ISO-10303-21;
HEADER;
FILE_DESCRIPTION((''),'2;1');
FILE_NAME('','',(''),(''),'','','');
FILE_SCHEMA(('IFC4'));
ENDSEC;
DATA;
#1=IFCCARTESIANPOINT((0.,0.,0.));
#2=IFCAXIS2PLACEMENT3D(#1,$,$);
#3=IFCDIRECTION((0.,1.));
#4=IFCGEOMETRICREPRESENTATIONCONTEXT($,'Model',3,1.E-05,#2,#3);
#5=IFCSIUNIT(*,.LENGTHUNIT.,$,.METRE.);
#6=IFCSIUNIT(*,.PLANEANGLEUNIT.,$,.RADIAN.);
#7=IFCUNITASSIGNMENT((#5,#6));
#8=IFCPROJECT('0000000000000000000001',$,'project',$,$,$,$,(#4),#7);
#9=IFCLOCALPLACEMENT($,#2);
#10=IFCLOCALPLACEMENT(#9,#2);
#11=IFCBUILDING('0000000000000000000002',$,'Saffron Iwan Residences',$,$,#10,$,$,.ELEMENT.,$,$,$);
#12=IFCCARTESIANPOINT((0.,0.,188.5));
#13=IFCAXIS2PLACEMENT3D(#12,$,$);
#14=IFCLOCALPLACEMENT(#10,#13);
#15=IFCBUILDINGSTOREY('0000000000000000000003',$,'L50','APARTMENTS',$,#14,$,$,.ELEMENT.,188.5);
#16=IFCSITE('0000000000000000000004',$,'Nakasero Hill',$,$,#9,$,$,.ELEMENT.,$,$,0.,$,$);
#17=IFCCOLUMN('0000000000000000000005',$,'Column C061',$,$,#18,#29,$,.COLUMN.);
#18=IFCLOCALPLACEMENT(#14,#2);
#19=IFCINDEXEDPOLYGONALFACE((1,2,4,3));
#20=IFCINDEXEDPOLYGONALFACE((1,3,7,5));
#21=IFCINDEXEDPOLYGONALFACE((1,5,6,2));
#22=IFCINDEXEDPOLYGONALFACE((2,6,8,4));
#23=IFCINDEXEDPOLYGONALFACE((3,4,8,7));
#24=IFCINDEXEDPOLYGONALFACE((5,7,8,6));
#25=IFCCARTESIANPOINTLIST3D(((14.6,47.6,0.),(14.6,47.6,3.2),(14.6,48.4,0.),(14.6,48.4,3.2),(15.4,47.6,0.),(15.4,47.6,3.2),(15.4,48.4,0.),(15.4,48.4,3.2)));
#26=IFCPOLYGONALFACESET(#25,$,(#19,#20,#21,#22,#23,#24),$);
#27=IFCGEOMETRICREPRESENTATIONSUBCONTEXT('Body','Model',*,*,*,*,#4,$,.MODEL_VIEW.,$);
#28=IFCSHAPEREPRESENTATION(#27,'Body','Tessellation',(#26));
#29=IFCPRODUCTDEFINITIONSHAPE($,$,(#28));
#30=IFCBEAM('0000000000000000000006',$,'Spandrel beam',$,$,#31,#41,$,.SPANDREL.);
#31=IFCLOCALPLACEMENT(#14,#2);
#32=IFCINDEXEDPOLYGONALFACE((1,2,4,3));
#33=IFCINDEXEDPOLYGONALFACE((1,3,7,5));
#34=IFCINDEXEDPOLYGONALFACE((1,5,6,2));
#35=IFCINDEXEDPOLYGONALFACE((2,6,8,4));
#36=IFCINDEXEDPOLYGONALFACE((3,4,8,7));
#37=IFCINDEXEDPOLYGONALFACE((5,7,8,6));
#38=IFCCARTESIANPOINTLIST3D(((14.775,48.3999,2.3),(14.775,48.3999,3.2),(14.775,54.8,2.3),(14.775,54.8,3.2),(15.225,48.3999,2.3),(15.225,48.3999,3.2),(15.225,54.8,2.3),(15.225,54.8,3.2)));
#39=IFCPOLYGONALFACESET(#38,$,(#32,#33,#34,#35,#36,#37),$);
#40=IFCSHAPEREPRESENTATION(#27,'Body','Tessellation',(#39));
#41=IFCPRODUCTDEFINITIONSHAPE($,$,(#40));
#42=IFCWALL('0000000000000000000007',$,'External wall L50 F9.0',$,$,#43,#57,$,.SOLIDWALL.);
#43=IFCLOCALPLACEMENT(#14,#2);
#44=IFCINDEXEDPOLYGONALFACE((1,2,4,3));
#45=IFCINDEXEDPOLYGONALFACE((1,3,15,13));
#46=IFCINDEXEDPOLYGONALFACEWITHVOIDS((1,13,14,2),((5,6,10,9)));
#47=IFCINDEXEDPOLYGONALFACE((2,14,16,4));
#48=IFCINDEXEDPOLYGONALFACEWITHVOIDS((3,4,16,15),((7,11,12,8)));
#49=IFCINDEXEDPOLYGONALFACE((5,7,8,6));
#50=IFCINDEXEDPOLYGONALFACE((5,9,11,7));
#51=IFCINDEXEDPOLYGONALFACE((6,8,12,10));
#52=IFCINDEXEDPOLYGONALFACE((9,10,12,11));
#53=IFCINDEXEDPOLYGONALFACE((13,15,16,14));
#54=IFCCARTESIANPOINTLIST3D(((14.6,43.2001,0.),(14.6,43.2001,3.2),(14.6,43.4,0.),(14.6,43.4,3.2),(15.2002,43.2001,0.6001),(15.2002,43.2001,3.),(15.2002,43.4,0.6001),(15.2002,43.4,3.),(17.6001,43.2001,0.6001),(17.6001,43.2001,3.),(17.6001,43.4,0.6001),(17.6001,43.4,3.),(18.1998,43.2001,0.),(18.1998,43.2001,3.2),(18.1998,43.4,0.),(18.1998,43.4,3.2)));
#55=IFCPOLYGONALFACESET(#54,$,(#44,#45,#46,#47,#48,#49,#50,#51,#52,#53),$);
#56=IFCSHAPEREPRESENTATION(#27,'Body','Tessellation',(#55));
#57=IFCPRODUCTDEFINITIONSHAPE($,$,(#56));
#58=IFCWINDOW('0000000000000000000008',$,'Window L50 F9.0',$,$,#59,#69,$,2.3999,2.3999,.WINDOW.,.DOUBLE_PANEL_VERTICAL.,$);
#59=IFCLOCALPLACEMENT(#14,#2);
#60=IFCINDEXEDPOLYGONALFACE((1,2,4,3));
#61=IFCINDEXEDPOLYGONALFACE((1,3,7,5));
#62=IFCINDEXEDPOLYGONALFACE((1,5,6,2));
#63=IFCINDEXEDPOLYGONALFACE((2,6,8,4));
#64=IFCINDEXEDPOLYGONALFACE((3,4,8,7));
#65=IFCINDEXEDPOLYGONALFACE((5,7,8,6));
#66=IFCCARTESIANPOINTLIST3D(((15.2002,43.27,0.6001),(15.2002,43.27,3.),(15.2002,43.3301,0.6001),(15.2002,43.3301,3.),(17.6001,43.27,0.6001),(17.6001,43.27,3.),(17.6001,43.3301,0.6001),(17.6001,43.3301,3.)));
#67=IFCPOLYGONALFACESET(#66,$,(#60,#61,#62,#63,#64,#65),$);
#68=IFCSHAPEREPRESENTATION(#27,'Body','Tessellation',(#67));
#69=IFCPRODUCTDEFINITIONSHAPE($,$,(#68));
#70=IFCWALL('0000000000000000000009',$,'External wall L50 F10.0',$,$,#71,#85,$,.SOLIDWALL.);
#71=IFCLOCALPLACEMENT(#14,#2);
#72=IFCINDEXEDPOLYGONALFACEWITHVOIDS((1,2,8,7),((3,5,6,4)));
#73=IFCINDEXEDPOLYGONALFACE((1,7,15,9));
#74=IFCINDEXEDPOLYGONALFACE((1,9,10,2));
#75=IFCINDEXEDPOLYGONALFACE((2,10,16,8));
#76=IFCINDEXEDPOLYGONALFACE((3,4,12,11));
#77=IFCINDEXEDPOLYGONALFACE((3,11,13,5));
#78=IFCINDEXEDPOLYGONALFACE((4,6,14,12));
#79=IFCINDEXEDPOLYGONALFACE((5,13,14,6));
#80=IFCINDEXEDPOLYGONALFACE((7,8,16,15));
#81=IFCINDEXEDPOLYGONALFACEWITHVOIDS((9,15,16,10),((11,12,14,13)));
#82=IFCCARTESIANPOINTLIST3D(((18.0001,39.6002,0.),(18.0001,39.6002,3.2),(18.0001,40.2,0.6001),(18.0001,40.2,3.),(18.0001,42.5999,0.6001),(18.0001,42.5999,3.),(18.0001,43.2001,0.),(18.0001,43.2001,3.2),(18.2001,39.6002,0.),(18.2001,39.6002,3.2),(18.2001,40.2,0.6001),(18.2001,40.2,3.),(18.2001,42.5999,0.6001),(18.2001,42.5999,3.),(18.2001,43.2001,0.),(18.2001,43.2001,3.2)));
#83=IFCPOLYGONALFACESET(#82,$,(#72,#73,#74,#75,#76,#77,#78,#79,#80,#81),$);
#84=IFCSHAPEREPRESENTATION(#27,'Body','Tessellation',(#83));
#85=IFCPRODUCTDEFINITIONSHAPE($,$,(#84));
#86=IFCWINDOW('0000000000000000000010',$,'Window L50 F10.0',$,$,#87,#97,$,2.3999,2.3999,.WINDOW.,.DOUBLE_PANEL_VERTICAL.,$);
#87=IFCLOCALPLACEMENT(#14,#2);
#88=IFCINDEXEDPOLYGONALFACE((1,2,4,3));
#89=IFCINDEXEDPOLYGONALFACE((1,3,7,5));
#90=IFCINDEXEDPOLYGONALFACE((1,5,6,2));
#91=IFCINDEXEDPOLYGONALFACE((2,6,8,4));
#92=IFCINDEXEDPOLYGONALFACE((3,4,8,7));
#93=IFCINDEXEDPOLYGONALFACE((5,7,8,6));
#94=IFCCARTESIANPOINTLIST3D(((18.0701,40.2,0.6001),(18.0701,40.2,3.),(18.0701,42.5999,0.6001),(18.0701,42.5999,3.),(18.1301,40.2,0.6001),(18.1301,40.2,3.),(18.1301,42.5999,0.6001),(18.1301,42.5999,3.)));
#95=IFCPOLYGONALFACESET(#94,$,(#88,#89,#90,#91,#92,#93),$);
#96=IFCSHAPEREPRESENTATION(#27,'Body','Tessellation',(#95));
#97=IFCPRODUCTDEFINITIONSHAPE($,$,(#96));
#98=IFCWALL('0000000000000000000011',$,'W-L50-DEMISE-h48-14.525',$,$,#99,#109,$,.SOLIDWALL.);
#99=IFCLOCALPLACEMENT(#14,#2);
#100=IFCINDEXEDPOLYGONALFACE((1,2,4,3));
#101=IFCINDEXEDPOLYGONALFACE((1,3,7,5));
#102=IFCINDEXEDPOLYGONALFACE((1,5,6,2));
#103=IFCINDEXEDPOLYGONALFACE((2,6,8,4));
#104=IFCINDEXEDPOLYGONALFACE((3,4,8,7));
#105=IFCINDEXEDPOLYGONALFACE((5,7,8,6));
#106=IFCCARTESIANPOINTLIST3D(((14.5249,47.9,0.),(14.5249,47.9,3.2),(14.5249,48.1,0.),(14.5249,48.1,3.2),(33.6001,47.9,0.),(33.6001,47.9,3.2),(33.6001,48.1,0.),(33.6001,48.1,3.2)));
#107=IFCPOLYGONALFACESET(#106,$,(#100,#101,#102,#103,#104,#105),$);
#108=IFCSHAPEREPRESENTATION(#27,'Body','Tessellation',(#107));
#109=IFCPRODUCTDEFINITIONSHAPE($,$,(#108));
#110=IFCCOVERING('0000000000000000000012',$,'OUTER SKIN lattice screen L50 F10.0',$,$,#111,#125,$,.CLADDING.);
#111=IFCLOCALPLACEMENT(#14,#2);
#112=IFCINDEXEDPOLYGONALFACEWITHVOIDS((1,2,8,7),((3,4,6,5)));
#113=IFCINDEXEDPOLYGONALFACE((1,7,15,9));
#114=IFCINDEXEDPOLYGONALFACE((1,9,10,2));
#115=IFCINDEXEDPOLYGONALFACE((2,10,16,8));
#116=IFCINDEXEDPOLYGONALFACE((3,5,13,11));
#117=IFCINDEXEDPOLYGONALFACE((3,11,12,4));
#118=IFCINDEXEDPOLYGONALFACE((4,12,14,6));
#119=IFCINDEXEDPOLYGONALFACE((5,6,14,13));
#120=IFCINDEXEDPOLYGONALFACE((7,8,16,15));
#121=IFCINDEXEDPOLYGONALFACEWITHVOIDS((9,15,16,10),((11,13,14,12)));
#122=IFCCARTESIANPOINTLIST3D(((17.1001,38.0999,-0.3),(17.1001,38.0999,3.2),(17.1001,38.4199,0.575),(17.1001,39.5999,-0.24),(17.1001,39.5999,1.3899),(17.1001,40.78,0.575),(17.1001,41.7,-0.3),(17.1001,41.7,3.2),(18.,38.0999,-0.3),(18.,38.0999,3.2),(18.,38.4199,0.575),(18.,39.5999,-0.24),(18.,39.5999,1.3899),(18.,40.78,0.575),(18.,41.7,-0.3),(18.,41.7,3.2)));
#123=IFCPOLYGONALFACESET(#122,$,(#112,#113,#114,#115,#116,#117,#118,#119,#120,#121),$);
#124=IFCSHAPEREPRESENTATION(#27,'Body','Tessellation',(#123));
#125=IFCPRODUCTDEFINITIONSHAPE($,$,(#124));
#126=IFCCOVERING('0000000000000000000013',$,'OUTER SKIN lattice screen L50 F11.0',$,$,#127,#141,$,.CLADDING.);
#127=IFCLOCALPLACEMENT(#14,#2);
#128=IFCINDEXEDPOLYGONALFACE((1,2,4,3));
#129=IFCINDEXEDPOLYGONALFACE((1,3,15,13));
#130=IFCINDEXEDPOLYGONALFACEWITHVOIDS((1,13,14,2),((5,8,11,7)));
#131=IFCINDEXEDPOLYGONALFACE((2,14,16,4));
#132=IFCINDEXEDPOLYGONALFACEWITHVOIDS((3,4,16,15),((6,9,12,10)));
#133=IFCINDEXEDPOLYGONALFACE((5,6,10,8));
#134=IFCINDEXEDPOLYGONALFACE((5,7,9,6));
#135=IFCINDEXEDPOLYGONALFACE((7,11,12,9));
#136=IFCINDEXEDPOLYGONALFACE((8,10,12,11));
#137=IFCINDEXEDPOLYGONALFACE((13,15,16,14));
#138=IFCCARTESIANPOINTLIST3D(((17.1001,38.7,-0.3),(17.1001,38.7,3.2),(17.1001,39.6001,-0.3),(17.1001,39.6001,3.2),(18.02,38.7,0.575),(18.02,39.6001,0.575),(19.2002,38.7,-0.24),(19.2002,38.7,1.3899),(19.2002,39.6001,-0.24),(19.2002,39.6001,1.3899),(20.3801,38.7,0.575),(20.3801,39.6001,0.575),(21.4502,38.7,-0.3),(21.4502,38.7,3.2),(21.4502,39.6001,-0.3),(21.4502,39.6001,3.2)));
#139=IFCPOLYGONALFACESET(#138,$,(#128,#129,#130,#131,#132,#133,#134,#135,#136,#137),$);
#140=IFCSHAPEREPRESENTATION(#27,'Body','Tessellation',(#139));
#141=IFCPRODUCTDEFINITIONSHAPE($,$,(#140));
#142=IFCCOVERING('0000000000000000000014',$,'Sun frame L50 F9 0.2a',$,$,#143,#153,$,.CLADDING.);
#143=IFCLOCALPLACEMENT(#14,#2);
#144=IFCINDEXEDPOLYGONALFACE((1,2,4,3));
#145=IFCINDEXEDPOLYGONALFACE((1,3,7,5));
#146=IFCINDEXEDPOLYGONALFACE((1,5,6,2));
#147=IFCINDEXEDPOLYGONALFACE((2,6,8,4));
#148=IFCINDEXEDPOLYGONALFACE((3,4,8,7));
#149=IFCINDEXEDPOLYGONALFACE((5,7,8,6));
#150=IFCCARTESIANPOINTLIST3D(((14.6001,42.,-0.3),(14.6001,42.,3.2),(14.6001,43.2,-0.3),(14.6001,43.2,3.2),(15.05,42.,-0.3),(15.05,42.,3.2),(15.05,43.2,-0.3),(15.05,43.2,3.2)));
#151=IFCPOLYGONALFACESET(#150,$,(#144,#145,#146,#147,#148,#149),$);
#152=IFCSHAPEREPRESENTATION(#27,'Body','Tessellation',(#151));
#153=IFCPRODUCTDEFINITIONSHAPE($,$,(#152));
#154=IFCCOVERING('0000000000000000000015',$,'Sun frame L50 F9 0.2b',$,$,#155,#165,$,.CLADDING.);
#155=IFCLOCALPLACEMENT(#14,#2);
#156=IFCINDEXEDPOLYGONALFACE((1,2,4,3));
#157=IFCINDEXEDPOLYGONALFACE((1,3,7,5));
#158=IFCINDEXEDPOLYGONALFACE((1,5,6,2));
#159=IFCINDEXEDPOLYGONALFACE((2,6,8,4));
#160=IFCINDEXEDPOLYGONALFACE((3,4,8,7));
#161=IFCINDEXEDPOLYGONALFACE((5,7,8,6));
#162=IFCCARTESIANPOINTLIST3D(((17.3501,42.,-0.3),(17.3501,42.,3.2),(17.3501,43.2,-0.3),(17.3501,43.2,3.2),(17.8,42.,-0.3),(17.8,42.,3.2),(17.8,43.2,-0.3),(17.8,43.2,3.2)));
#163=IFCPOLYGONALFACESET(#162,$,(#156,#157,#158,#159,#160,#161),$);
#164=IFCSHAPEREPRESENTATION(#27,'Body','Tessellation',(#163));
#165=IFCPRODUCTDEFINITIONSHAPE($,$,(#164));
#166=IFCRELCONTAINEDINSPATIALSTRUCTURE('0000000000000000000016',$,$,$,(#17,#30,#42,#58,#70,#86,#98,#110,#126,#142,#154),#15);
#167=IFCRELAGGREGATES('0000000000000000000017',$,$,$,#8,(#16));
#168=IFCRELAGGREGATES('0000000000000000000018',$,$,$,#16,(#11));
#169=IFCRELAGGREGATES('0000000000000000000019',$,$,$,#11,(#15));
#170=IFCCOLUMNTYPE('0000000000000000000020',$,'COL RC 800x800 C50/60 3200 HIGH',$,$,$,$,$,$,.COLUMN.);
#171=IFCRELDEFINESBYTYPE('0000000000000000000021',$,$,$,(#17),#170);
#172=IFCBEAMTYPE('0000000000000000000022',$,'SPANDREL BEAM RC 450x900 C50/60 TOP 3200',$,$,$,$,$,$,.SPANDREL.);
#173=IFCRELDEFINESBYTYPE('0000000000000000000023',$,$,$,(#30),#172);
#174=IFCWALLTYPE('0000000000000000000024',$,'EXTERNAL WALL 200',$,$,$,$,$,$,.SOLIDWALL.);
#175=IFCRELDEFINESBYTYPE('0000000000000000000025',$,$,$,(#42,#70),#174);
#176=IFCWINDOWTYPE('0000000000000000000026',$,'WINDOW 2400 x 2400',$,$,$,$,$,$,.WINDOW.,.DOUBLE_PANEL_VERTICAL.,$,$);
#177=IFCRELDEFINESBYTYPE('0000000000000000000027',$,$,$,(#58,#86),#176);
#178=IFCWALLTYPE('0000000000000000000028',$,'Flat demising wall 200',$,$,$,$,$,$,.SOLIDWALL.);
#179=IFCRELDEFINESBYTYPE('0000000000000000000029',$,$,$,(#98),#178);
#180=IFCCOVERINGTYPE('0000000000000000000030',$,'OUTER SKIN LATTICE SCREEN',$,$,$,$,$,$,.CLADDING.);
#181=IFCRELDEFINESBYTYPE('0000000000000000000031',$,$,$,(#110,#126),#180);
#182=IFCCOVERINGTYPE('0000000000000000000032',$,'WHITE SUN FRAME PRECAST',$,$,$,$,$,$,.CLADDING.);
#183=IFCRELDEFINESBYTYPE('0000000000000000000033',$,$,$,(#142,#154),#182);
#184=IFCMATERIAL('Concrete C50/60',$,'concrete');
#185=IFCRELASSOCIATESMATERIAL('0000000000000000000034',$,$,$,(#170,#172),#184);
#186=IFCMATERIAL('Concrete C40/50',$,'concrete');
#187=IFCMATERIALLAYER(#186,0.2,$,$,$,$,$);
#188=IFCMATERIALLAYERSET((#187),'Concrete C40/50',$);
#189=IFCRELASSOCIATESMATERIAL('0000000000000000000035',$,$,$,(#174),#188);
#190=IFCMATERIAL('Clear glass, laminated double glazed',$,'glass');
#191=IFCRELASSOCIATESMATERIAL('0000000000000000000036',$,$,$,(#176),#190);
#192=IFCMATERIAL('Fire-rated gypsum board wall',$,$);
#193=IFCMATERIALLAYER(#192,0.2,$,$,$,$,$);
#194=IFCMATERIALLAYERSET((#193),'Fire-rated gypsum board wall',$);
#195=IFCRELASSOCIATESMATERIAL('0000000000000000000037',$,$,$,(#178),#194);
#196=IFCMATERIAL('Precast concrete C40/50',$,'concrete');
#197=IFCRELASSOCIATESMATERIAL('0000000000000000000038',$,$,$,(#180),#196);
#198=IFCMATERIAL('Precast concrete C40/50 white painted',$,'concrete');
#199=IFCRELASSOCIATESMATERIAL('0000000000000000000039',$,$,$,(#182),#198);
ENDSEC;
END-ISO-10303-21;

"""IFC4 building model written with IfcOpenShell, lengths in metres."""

from ifc_helpers import new_model, si_unit, direction, frame, frame_2d, origin, origin_2d, place, context, subcontext, project, spatial, polyline, rectangle, outline, extrude, source, transform, mapped, material, layer, layer_set, material_profile, profile_set, type_object, element, fill, save


model = new_model("IFC4")

# Units and contexts
model_context = context("Model", 3, precision=1e-05, world=origin(), true_north=direction((0.0, 1.0)))
body_context = subcontext(model_context, "Body", "Model", "MODEL_VIEW")
ifc_project = project(units=[si_unit("LENGTHUNIT", "METRE"), si_unit("PLANEANGLEUNIT", "RADIAN")], contexts=[model_context])

# Site, building, storey
site_placement = place(None, origin())
site = spatial("IfcSite", under=ifc_project, at=site_placement, Name="Nakasero Hill", CompositionType="ELEMENT", RefElevation=0.0)
building_placement = place(site_placement, origin())
building = spatial("IfcBuilding", under=site, at=building_placement, Name="Saffron Iwan Residences", CompositionType="ELEMENT")
storey_placement = place(building_placement, frame((0.0, 0.0, 188.5)))
storey = spatial("IfcBuildingStorey", under=building, at=storey_placement, Name="L50", Description="APARTMENTS", CompositionType="ELEMENT", Elevation=188.5)

# Column
ifc_material_1 = material(Name="Concrete C50/60", Category="concrete")
ifc_material_profile_1 = material_profile(ifc_material_1, rectangle(XDim=0.8, YDim=0.8, at=origin_2d()), Name="RC 800x800")
ifc_profile_set_1 = profile_set([ifc_material_profile_1], Name="Concrete C50/60")
column_type = type_object("IfcColumnType", Name="COL RC 800x800 C50/60 3200 HIGH", PredefinedType="COLUMN", material=ifc_profile_set_1)
shared_shape_1 = source(origin(), body_context, "Body", "SweptSolid", [
    extrude(rectangle(XDim=0.8, YDim=0.8, at=origin_2d()), origin(), (0.0, 0.0, 1.0), 3.2),
])
column_placement = place(storey_placement, frame((15.0, 48.0, 0.0), z_axis=(0.0, 0.0, 1.0), x_axis=(1.0, 0.0, 0.0)))
element("IfcColumn", 1, at=column_placement, inside=storey, type_object=column_type, Name="Column C061", PredefinedType="COLUMN", context=body_context, shape_type="MappedRepresentation", body=[
    mapped(shared_shape_1, transform((0.0, 0.0, 0.0))),
])

# Beam
ifc_material_profile_2 = material_profile(ifc_material_1, rectangle(XDim=0.45, YDim=0.8999, at=origin_2d()), Name="RC 450x900")
ifc_profile_set_2 = profile_set([ifc_material_profile_2], Name="Concrete C50/60")
beam_type = type_object("IfcBeamType", Name="SPANDREL BEAM RC 450x900 C50/60 TOP 3200", PredefinedType="SPANDREL", material=ifc_profile_set_2)
shared_shape_2 = source(origin(), body_context, "Body", "SweptSolid", [
    extrude(rectangle(XDim=0.45, YDim=0.8999, at=origin_2d()), origin(), (0.0, 0.0, 1.0), 6.4001),
])
beam_placement = place(storey_placement, frame((15.0, 48.3999, 2.75), z_axis=(0.0, 1.0, 0.0), x_axis=(-1.0, 0.0, 0.0)))
element("IfcBeam", 2, at=beam_placement, inside=storey, type_object=beam_type, Name="Spandrel beam", PredefinedType="SPANDREL", context=body_context, shape_type="MappedRepresentation", body=[
    mapped(shared_shape_2, transform((0.0, 0.0, 0.0))),
])

# Walls, openings, windows
ifc_material_2 = material(Name="Concrete C40/50", Category="concrete")
ifc_layer_1 = layer(ifc_material_2, 0.2)
ifc_layer_set_1 = layer_set([ifc_layer_1], Name="Concrete C40/50")
wall_type_1 = type_object("IfcWallType", Name="EXTERNAL WALL 200", PredefinedType="SOLIDWALL", material=ifc_layer_set_1)
wall_1_placement = place(storey_placement, frame((14.6001, 43.3, 0.0), z_axis=(0.0, 0.0, 1.0), x_axis=(1.0, 0.0, 0.0)))
wall_1 = element("IfcWall", 3, at=wall_1_placement, inside=storey, type_object=wall_type_1, Name="External wall L50 F9.0", PredefinedType="SOLIDWALL", context=body_context, shape_type="SweptSolid", body=[
    extrude(rectangle(XDim=3.5999, YDim=0.2, at=frame_2d((1.7998, 0.0))), origin(), (0.0, 0.0, 1.0), 3.2),
])
opening_1_placement = place(wall_1_placement, frame((0.6001, 0.0, 0.6001)))
opening_1 = element("IfcOpeningElement", 4, at=opening_1_placement, cuts=wall_1, PredefinedType="OPENING", context=body_context, shape_type="SweptSolid", body=[
    extrude(rectangle(XDim=2.3999, YDim=2.3999, at=frame_2d((1.2, 1.2))), frame((0.0, 0.1099, 0.0), z_axis=(0.0, -1.0, 0.0), x_axis=(1.0, 0.0, 0.0)), (0.0, 0.0, 1.0), 0.22),
])
ifc_material_3 = material(Name="Clear glass, laminated double glazed", Category="glass")
window_type = type_object("IfcWindowType", Name="WINDOW 2400 x 2400", PartitioningType="DOUBLE_PANEL_VERTICAL", PredefinedType="WINDOW", material=ifc_material_3)
window_1_placement = place(opening_1_placement, origin())
window_1 = element("IfcWindow", 5, at=window_1_placement, inside=storey, type_object=window_type, Name="Window L50 F9.0", OverallHeight=2.3999, OverallWidth=2.3999, PartitioningType="DOUBLE_PANEL_VERTICAL", PredefinedType="WINDOW", context=body_context, shape_type="SweptSolid", body=[
    extrude(rectangle(XDim=2.3999, YDim=2.3999, at=frame_2d((1.2, 1.2))), frame((0.0, 0.03, 0.0), z_axis=(0.0, -1.0, 0.0), x_axis=(1.0, 0.0, 0.0)), (0.0, 0.0, 1.0), 0.0601),
])
fill(opening_1, window_1)
wall_2_placement = place(storey_placement, frame((18.1001, 43.2, 0.0), z_axis=(0.0, 0.0, 1.0), x_axis=(0.0, -1.0, 0.0)))
wall_2 = element("IfcWall", 6, at=wall_2_placement, inside=storey, type_object=wall_type_1, Name="External wall L50 F10.0", PredefinedType="SOLIDWALL", context=body_context, shape_type="SweptSolid", body=[
    extrude(rectangle(XDim=3.5999, YDim=0.2, at=frame_2d((1.7998, 0.0))), origin(), (0.0, 0.0, 1.0), 3.2),
])
opening_2_placement = place(wall_2_placement, frame((0.6001, 0.0, 0.6001)))
opening_2 = element("IfcOpeningElement", 7, at=opening_2_placement, cuts=wall_2, PredefinedType="OPENING", context=body_context, shape_type="SweptSolid", body=[
    extrude(rectangle(XDim=2.3999, YDim=2.3999, at=frame_2d((1.2, 1.2))), frame((0.0, 0.1099, 0.0), z_axis=(0.0, -1.0, 0.0), x_axis=(1.0, 0.0, 0.0)), (0.0, 0.0, 1.0), 0.22),
])
window_2_placement = place(opening_2_placement, origin())
window_2 = element("IfcWindow", 8, at=window_2_placement, inside=storey, type_object=window_type, Name="Window L50 F10.0", OverallHeight=2.3999, OverallWidth=2.3999, PartitioningType="DOUBLE_PANEL_VERTICAL", PredefinedType="WINDOW", context=body_context, shape_type="SweptSolid", body=[
    extrude(rectangle(XDim=2.3999, YDim=2.3999, at=frame_2d((1.2, 1.2))), frame((0.0, 0.03, 0.0), z_axis=(0.0, -1.0, 0.0), x_axis=(1.0, 0.0, 0.0)), (0.0, 0.0, 1.0), 0.0601),
])
fill(opening_2, window_2)

# Wall
ifc_material_4 = material(Name="Fire-rated gypsum board wall")
ifc_layer_2 = layer(ifc_material_4, 0.2)
ifc_layer_set_2 = layer_set([ifc_layer_2], Name="Fire-rated gypsum board wall")
wall_type_2 = type_object("IfcWallType", Name="Flat demising wall 200", PredefinedType="SOLIDWALL", material=ifc_layer_set_2)
wall_3_placement = place(storey_placement, frame((14.5249, 48.0, 0.0), z_axis=(0.0, 0.0, 1.0), x_axis=(1.0, 0.0, 0.0)))
element("IfcWall", 9, at=wall_3_placement, inside=storey, type_object=wall_type_2, Name="W-L50-DEMISE-h48-14.525", PredefinedType="SOLIDWALL", context=body_context, shape_type="SweptSolid", body=[
    extrude(rectangle(XDim=19.0752, YDim=0.2, at=frame_2d((9.5376, 0.0))), origin(), (0.0, 0.0, 1.0), 3.2),
])

# Coverings
ifc_material_5 = material(Name="Precast concrete C40/50", Category="concrete")
covering_type_1 = type_object("IfcCoveringType", Name="OUTER SKIN LATTICE SCREEN", PredefinedType="CLADDING", material=ifc_material_5)
covering_1_placement = place(storey_placement, frame((18.0, 41.7, -0.3), z_axis=(-1.0, 0.0, 0.0), x_axis=(0.0, -1.0, 0.0)))
element("IfcCovering", 10, at=covering_1_placement, inside=storey, type_object=covering_type_1, Name="OUTER SKIN lattice screen L50 F10.0", PredefinedType="CLADDING", context=body_context, shape_type="SweptSolid", body=[
    extrude(outline(polyline([(0.0, 0.0), (3.6001, 0.0), (3.6001, 3.5), (0.0, 3.5), (0.0, 0.0)]), holes=[polyline([(0.9199, 0.875), (2.1001, 0.0601), (3.28, 0.875), (2.1001, 1.6899), (0.9199, 0.875)])]), origin(), (0.0, 0.0, 1.0), 0.8999),
])
covering_2_placement = place(storey_placement, frame((17.1001, 39.6001, -0.3), z_axis=(0.0, -1.0, 0.0), x_axis=(1.0, 0.0, 0.0)))
element("IfcCovering", 11, at=covering_2_placement, inside=storey, type_object=covering_type_1, Name="OUTER SKIN lattice screen L50 F11.0", PredefinedType="CLADDING", context=body_context, shape_type="SweptSolid", body=[
    extrude(outline(polyline([(0.0, 0.0), (4.3501, 0.0), (4.3501, 3.5), (0.0, 3.5), (0.0, 0.0)]), holes=[polyline([(0.9199, 0.875), (2.1001, 0.0601), (3.28, 0.875), (2.1001, 1.6899), (0.9199, 0.875)])]), origin(), (0.0, 0.0, 1.0), 0.9001),
])
ifc_material_6 = material(Name="Precast concrete C40/50 white painted", Category="concrete")
covering_type_2 = type_object("IfcCoveringType", Name="WHITE SUN FRAME PRECAST", PredefinedType="CLADDING", material=ifc_material_6)
for number, where, z_axis, x_axis, name in (
    (12, (14.6001, 43.2, -0.3), (0.0, -1.0, 0.0), (1.0, 0.0, 0.0), "Sun frame L50 F9 0.2a"),
    (13, (17.3501, 43.2, -0.3), (0.0, -1.0, 0.0), (1.0, 0.0, 0.0), "Sun frame L50 F9 0.2b"),
):
    element("IfcCovering", number, at=place(storey_placement, frame(where, z_axis=z_axis, x_axis=x_axis)), inside=storey, type_object=covering_type_2, Name=name, PredefinedType="CLADDING", context=body_context, shape_type="SweptSolid", body=[
        extrude(outline(polyline([(0.0, 0.0), (0.45, 0.0), (0.45, 3.5), (0.0, 3.5), (0.0, 0.0)])), origin(), (0.0, 0.0, 1.0), 1.2),
    ])

save(model, "model.ifc")
